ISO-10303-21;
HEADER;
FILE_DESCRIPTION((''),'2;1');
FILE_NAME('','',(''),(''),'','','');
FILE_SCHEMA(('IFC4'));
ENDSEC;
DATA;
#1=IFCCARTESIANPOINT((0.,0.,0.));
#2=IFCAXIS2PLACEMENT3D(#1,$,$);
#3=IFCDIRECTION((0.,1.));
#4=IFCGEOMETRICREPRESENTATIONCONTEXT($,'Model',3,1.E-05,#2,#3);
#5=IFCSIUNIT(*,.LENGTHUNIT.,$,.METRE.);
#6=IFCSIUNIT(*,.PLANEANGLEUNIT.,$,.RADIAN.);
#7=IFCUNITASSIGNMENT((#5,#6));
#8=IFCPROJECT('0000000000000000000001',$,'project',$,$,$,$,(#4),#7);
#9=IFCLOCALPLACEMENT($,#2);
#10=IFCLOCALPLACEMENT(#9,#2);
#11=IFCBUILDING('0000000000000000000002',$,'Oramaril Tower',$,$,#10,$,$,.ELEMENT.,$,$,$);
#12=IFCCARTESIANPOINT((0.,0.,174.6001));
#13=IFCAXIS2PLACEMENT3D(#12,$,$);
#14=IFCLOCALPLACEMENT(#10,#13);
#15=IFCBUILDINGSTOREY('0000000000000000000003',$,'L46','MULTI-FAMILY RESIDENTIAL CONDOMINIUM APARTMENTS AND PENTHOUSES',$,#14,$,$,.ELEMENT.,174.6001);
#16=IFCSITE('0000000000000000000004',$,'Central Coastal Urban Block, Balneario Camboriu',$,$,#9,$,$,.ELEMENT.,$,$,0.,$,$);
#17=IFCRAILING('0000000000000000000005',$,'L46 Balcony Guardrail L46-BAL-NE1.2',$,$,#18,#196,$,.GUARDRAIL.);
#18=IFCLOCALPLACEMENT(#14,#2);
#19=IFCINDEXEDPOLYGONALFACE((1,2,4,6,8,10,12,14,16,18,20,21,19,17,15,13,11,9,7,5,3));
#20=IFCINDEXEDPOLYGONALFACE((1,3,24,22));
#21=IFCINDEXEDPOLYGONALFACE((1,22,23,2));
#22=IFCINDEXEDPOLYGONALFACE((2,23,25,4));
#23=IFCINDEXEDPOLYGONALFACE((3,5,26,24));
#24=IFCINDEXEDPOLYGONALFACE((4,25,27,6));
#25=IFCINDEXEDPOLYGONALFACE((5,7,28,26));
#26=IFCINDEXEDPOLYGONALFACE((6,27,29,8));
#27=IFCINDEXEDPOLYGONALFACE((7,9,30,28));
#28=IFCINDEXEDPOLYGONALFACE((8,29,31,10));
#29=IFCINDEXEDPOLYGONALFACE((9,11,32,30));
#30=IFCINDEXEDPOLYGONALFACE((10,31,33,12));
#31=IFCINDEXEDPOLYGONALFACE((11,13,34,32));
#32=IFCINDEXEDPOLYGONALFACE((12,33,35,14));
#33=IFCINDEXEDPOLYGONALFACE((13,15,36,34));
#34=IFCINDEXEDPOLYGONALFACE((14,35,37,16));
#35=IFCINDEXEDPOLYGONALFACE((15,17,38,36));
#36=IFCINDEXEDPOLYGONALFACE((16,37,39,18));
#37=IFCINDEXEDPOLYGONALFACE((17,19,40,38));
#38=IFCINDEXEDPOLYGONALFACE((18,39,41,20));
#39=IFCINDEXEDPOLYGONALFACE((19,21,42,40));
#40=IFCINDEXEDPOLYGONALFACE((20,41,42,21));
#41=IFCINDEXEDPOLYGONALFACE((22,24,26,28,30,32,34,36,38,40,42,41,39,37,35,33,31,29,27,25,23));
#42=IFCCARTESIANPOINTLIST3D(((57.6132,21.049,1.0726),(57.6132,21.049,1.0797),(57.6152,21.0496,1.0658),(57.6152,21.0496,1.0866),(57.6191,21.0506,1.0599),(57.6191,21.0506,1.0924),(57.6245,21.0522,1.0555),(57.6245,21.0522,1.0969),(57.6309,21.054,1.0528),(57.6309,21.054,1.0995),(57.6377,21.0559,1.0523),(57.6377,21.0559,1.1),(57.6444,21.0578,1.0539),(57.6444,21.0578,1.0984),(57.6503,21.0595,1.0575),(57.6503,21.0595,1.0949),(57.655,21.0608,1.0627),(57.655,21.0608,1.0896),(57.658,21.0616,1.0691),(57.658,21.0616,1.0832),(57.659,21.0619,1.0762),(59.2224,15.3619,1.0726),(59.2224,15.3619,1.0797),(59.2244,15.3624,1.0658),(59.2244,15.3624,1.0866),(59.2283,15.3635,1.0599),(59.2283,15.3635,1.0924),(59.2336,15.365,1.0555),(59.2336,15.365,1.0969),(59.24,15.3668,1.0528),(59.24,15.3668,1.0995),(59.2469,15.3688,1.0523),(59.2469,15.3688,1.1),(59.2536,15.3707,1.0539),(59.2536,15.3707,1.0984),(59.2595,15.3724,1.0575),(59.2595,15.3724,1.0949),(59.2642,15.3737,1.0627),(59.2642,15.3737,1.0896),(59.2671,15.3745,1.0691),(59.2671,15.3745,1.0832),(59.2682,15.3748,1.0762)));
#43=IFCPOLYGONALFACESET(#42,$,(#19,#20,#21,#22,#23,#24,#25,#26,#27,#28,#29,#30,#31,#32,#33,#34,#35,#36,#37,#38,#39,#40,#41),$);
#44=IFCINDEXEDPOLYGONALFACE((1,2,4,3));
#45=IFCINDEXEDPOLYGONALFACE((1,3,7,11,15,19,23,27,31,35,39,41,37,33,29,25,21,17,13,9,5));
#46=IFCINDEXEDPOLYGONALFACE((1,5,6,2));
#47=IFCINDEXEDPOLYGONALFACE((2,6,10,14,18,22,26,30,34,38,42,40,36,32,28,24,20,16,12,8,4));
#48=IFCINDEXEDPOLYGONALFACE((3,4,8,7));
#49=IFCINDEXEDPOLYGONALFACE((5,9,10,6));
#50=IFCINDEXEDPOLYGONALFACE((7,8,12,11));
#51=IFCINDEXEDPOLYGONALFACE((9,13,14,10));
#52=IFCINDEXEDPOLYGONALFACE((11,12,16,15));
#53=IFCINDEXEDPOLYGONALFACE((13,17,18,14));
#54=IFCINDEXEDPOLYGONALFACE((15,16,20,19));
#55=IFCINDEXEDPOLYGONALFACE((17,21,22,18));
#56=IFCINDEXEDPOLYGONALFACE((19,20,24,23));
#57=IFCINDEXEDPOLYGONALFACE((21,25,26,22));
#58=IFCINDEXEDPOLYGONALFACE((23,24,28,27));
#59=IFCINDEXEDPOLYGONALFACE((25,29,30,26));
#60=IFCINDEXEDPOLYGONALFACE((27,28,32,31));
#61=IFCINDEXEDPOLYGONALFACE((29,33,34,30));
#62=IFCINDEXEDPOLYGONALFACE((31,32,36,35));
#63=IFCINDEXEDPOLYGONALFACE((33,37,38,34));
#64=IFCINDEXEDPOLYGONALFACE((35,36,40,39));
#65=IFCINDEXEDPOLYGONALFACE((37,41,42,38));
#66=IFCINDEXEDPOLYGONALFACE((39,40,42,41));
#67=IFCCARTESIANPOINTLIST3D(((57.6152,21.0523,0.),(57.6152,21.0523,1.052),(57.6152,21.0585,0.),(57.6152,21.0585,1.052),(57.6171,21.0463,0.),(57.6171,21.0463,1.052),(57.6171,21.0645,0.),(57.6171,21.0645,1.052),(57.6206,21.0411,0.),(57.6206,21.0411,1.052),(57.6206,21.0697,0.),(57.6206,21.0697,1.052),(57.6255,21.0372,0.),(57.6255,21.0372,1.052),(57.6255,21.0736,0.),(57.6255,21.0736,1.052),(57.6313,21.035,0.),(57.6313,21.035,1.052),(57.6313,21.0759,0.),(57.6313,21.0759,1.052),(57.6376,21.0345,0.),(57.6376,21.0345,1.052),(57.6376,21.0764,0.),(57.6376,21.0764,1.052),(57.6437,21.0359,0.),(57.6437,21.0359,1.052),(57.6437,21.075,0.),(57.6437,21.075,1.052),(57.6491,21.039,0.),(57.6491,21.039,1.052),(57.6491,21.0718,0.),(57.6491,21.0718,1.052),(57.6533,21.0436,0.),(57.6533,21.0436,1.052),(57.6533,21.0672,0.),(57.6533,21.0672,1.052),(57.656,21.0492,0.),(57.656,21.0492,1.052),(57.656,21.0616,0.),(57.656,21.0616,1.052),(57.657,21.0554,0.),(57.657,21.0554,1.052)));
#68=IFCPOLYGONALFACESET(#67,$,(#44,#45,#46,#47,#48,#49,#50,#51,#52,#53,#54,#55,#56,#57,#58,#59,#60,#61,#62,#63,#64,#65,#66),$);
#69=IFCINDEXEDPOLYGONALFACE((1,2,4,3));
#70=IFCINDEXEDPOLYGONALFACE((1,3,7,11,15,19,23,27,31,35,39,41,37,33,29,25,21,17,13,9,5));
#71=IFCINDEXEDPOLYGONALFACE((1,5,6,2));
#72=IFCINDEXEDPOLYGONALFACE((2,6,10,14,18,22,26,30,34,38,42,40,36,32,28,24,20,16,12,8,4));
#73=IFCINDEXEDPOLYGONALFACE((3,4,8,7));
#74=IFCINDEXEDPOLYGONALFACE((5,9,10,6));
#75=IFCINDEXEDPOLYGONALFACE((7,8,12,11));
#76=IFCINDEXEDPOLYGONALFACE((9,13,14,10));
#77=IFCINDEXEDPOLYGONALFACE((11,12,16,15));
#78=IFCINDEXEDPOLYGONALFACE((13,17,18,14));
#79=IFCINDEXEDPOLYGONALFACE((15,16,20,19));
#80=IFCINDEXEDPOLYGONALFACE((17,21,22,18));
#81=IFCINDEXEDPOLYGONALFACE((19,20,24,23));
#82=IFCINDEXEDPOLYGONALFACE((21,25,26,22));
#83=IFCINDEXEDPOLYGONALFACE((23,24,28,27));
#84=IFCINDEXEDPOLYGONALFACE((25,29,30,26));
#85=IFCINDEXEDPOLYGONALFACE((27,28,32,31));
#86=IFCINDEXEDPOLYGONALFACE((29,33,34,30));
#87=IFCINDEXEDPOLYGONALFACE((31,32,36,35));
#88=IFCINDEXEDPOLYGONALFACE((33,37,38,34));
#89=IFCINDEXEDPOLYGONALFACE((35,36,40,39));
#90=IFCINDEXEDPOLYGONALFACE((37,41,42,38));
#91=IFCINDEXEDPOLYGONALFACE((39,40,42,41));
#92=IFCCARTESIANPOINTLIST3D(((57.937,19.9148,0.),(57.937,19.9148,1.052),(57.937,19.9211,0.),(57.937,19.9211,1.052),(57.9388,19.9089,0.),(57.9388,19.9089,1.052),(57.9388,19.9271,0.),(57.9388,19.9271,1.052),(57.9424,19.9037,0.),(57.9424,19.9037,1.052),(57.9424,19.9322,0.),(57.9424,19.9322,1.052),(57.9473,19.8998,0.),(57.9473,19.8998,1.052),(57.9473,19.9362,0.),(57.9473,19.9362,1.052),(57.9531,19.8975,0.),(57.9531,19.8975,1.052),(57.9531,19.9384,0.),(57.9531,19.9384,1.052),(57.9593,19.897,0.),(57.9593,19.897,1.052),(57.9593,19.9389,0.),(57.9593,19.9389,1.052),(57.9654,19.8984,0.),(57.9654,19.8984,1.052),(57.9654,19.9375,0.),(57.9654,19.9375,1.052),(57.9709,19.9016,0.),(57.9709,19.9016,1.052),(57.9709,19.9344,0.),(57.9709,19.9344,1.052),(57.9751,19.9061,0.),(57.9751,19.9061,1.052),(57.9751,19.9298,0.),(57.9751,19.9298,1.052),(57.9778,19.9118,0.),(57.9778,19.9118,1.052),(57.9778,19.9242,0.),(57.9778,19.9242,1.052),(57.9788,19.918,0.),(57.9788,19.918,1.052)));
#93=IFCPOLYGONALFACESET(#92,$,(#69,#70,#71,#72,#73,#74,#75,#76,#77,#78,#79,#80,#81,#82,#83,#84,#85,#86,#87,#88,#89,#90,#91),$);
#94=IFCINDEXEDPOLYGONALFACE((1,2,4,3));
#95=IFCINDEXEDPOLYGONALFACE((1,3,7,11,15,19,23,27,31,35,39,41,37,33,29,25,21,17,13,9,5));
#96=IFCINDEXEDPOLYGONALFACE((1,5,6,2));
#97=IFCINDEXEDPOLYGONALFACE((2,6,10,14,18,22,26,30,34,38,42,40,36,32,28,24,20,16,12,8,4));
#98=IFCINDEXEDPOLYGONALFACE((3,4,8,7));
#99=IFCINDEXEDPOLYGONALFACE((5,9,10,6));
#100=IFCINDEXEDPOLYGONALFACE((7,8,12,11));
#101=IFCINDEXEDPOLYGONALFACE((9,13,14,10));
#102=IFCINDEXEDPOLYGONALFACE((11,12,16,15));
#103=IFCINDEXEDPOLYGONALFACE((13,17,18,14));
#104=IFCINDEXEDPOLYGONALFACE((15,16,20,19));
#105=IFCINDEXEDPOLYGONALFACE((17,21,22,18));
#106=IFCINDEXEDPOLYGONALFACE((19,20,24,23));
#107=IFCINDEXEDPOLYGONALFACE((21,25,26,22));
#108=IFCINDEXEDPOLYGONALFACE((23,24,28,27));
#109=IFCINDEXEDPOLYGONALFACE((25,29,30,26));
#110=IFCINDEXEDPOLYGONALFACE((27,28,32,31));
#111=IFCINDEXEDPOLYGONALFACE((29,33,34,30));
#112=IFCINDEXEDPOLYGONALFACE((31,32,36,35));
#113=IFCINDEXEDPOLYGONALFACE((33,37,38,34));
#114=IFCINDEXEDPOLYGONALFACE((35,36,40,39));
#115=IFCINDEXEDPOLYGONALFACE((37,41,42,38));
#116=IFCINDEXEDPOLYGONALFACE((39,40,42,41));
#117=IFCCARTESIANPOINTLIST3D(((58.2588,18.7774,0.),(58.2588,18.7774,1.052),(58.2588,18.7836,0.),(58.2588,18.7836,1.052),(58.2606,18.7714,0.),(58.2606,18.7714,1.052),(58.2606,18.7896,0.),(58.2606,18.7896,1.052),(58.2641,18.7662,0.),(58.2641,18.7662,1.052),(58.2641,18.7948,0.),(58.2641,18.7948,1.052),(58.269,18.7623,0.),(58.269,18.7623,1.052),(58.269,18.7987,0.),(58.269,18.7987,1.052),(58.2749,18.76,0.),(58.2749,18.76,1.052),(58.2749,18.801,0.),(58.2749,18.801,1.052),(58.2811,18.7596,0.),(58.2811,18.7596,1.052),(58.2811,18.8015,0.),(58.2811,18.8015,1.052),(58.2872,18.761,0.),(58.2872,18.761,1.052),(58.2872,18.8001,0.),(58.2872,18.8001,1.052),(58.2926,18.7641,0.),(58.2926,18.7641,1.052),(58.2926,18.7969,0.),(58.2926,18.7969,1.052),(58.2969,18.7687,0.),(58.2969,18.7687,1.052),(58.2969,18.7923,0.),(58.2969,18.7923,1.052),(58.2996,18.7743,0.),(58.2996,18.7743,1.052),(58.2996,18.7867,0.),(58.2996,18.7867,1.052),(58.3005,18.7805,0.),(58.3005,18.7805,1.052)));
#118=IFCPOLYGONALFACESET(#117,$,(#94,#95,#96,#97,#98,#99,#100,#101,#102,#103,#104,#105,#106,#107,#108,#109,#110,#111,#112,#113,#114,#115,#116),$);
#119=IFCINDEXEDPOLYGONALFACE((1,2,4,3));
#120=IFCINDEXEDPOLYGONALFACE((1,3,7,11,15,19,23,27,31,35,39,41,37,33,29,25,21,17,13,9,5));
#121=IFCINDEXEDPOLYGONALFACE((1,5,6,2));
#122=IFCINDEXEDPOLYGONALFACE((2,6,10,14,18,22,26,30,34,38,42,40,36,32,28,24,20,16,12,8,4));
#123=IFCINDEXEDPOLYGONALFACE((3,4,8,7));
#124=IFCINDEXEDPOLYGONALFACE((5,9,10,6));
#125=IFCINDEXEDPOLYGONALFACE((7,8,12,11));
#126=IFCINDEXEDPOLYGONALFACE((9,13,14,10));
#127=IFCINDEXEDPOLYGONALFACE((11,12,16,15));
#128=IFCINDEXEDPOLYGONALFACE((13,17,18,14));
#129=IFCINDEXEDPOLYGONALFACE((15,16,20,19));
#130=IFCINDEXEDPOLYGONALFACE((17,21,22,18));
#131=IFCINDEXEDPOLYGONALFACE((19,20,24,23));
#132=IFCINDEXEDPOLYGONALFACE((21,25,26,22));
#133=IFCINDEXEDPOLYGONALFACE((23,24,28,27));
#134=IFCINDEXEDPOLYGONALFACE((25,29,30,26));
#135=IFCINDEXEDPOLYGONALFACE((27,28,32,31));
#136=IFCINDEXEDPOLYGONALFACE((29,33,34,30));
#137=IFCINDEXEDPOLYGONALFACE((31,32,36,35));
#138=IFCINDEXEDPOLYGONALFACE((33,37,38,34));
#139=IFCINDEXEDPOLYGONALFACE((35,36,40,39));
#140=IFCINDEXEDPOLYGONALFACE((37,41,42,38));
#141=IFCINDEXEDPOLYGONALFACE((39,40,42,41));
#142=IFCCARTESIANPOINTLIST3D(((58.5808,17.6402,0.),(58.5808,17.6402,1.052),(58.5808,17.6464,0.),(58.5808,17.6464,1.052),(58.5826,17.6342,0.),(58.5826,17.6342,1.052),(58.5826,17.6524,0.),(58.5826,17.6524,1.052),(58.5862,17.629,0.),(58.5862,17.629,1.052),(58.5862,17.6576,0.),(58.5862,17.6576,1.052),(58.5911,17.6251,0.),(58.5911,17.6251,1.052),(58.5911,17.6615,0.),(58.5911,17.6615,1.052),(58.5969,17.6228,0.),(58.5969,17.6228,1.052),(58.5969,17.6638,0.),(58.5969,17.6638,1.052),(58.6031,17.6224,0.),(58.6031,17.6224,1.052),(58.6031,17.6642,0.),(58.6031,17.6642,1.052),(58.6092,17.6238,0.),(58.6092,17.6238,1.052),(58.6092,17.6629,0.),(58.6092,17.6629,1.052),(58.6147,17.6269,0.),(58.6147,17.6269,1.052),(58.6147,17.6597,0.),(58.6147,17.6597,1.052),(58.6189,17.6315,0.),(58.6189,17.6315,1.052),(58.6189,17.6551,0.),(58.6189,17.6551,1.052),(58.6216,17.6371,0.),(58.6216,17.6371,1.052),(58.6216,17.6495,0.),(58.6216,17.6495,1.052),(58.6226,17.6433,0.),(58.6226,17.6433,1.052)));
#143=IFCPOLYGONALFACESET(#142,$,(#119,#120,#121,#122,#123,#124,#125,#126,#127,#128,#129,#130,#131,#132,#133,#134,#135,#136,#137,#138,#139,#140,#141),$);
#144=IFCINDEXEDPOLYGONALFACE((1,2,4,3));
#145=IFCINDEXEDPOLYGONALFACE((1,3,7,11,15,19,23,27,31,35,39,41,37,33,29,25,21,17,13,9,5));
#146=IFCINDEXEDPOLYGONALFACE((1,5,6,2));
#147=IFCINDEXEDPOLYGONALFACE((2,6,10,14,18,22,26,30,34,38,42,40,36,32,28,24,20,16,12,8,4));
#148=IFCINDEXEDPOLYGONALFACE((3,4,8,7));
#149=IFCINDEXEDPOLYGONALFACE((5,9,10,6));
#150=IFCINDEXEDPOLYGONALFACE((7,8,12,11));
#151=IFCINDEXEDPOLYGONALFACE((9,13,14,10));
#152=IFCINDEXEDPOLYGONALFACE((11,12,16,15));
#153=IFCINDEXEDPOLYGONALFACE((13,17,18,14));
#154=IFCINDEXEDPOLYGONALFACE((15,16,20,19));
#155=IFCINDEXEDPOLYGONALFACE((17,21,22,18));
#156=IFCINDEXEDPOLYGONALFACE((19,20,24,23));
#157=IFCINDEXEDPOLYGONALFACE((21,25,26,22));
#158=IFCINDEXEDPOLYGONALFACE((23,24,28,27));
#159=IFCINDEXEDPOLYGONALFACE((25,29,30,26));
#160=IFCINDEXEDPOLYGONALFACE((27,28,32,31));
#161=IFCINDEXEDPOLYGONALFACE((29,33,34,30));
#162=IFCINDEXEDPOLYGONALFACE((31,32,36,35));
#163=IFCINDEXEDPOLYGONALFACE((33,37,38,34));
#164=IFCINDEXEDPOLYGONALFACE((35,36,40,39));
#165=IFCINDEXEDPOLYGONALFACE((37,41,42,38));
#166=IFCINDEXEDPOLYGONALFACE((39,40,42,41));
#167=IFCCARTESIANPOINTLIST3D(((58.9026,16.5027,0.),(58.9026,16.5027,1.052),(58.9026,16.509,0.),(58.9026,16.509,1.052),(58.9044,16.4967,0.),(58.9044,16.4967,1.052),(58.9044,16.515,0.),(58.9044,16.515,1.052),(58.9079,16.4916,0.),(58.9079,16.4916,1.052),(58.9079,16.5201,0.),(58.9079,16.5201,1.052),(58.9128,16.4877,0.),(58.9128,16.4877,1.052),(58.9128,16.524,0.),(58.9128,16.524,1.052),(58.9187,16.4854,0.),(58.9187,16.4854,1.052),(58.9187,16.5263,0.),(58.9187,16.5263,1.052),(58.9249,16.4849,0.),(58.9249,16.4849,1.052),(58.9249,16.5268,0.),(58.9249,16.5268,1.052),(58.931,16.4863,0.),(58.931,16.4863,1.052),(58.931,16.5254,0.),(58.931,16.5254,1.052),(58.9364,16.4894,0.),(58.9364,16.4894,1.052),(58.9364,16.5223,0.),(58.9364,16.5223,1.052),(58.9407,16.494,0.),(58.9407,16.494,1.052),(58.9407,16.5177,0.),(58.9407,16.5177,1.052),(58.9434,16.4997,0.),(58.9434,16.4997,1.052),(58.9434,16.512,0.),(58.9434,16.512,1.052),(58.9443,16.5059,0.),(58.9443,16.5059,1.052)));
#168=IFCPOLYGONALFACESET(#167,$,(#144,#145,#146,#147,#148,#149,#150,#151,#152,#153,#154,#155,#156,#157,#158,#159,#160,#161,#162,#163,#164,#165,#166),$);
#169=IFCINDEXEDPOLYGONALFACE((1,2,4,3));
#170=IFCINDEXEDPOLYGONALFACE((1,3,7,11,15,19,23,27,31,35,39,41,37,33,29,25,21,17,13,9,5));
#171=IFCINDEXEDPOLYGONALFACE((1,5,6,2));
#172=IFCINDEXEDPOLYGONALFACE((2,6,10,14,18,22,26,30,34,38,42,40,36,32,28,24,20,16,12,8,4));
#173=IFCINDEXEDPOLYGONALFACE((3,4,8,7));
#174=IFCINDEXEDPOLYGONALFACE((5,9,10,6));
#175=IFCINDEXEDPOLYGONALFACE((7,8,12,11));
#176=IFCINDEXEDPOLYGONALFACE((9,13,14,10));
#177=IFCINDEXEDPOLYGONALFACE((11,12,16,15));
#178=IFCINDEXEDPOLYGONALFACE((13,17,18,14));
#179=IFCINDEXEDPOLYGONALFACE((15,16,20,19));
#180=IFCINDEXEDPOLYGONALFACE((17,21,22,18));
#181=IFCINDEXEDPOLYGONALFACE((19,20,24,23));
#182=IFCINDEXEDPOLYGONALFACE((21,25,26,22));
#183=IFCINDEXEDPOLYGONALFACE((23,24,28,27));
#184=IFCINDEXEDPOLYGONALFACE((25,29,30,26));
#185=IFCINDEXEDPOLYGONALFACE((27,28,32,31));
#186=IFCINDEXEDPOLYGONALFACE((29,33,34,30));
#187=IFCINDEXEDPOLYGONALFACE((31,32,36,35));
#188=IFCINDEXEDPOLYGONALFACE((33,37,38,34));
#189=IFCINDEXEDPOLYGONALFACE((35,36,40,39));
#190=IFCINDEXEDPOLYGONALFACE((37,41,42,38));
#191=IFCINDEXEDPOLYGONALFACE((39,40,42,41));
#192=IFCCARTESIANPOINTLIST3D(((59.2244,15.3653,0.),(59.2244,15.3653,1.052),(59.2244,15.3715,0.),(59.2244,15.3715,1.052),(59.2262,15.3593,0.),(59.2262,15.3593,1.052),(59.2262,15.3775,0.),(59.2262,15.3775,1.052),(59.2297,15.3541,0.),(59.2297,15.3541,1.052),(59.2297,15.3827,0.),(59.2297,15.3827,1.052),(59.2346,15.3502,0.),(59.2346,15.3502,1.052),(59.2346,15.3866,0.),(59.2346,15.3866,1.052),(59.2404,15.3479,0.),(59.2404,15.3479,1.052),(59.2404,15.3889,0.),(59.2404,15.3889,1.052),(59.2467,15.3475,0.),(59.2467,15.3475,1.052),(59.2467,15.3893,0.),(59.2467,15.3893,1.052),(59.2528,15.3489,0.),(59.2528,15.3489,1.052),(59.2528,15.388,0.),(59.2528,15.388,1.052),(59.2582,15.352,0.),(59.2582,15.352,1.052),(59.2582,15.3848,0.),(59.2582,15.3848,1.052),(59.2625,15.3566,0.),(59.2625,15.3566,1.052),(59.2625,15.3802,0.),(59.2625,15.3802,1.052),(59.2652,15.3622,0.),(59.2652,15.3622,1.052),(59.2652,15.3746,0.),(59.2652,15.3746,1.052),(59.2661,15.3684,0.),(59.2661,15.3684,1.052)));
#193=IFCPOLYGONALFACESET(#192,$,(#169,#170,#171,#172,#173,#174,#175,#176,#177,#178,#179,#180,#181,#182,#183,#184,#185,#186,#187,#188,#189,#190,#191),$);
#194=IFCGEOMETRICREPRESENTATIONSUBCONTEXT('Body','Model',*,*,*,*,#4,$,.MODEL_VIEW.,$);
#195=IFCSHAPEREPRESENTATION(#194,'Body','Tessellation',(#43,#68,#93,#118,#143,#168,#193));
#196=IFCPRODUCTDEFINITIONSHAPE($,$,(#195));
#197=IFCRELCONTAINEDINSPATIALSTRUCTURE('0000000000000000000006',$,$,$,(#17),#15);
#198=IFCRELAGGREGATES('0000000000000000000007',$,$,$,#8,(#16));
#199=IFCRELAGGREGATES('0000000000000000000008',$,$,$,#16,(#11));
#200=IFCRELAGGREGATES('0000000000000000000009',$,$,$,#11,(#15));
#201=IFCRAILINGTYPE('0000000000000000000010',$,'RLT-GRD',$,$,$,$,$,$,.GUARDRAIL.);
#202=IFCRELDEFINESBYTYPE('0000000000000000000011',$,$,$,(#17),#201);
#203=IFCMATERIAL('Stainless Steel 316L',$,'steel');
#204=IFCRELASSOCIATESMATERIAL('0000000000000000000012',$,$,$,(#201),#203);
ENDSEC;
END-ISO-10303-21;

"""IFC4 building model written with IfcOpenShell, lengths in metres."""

from ifc_helpers import new_model, si_unit, direction, frame, origin, origin_2d, place, context, subcontext, project, spatial, circle, extrude, material, type_object, element, save


model = new_model("IFC4")

# Units and contexts
model_context = context("Model", 3, precision=1e-05, world=origin(), true_north=direction((0.0, 1.0)))
body_context = subcontext(model_context, "Body", "Model", "MODEL_VIEW")
ifc_project = project(units=[si_unit("LENGTHUNIT", "METRE"), si_unit("PLANEANGLEUNIT", "RADIAN")], contexts=[model_context])

# Site, building, storey
site_placement = place(None, origin())
site = spatial("IfcSite", under=ifc_project, at=site_placement, Name="Central Coastal Urban Block, Balneario Camboriu", CompositionType="ELEMENT", RefElevation=0.0)
building_placement = place(site_placement, origin())
building = spatial("IfcBuilding", under=site, at=building_placement, Name="Oramaril Tower", CompositionType="ELEMENT")
storey_placement = place(building_placement, frame((0.0, 0.0, 174.6001)))
storey = spatial("IfcBuildingStorey", under=building, at=storey_placement, Name="L46", Description="MULTI-FAMILY RESIDENTIAL CONDOMINIUM APARTMENTS AND PENTHOUSES", CompositionType="ELEMENT", Elevation=174.6001)

# Railing
ifc_material_1 = material(Name="Stainless Steel 316L", Category="steel")
railing_type = type_object("IfcRailingType", Name="RLT-GRD", PredefinedType="GUARDRAIL", material=ifc_material_1)
railing_1_placement = place(storey_placement, frame((57.636, 21.0554, 0.0)))
element("IfcRailing", 1, at=railing_1_placement, inside=storey, type_object=railing_type, Name="L46 Balcony Guardrail L46-BAL-NE1.2", PredefinedType="GUARDRAIL", context=body_context, shape_type="SweptSolid", body=[
    extrude(circle(Radius=0.0239, at=origin_2d()), frame((0.0, 0.0, 1.0762), z_axis=(0.27226, -0.962224, 0.0), x_axis=(0.962224, 0.27226, 0.0)), (0.0, 0.0, 1.0), 5.9104),
    extrude(circle(Radius=0.021, at=origin_2d()), origin(), (0.0, 0.0, 1.0), 1.052),
    extrude(circle(Radius=0.021, at=origin_2d()), frame((0.3218, -1.1375, 0.0)), (0.0, 0.0, 1.0), 1.052),
    extrude(circle(Radius=0.021, at=origin_2d()), frame((0.6436, -2.2749, 0.0)), (0.0, 0.0, 1.0), 1.052),
    extrude(circle(Radius=0.021, at=origin_2d()), frame((0.9656, -3.4121, 0.0)), (0.0, 0.0, 1.0), 1.052),
    extrude(circle(Radius=0.021, at=origin_2d()), frame((1.2874, -4.5496, 0.0)), (0.0, 0.0, 1.0), 1.052),
    extrude(circle(Radius=0.021, at=origin_2d()), frame((1.6091, -5.687, 0.0)), (0.0, 0.0, 1.0), 1.052),
])

save(model, "model.ifc")
